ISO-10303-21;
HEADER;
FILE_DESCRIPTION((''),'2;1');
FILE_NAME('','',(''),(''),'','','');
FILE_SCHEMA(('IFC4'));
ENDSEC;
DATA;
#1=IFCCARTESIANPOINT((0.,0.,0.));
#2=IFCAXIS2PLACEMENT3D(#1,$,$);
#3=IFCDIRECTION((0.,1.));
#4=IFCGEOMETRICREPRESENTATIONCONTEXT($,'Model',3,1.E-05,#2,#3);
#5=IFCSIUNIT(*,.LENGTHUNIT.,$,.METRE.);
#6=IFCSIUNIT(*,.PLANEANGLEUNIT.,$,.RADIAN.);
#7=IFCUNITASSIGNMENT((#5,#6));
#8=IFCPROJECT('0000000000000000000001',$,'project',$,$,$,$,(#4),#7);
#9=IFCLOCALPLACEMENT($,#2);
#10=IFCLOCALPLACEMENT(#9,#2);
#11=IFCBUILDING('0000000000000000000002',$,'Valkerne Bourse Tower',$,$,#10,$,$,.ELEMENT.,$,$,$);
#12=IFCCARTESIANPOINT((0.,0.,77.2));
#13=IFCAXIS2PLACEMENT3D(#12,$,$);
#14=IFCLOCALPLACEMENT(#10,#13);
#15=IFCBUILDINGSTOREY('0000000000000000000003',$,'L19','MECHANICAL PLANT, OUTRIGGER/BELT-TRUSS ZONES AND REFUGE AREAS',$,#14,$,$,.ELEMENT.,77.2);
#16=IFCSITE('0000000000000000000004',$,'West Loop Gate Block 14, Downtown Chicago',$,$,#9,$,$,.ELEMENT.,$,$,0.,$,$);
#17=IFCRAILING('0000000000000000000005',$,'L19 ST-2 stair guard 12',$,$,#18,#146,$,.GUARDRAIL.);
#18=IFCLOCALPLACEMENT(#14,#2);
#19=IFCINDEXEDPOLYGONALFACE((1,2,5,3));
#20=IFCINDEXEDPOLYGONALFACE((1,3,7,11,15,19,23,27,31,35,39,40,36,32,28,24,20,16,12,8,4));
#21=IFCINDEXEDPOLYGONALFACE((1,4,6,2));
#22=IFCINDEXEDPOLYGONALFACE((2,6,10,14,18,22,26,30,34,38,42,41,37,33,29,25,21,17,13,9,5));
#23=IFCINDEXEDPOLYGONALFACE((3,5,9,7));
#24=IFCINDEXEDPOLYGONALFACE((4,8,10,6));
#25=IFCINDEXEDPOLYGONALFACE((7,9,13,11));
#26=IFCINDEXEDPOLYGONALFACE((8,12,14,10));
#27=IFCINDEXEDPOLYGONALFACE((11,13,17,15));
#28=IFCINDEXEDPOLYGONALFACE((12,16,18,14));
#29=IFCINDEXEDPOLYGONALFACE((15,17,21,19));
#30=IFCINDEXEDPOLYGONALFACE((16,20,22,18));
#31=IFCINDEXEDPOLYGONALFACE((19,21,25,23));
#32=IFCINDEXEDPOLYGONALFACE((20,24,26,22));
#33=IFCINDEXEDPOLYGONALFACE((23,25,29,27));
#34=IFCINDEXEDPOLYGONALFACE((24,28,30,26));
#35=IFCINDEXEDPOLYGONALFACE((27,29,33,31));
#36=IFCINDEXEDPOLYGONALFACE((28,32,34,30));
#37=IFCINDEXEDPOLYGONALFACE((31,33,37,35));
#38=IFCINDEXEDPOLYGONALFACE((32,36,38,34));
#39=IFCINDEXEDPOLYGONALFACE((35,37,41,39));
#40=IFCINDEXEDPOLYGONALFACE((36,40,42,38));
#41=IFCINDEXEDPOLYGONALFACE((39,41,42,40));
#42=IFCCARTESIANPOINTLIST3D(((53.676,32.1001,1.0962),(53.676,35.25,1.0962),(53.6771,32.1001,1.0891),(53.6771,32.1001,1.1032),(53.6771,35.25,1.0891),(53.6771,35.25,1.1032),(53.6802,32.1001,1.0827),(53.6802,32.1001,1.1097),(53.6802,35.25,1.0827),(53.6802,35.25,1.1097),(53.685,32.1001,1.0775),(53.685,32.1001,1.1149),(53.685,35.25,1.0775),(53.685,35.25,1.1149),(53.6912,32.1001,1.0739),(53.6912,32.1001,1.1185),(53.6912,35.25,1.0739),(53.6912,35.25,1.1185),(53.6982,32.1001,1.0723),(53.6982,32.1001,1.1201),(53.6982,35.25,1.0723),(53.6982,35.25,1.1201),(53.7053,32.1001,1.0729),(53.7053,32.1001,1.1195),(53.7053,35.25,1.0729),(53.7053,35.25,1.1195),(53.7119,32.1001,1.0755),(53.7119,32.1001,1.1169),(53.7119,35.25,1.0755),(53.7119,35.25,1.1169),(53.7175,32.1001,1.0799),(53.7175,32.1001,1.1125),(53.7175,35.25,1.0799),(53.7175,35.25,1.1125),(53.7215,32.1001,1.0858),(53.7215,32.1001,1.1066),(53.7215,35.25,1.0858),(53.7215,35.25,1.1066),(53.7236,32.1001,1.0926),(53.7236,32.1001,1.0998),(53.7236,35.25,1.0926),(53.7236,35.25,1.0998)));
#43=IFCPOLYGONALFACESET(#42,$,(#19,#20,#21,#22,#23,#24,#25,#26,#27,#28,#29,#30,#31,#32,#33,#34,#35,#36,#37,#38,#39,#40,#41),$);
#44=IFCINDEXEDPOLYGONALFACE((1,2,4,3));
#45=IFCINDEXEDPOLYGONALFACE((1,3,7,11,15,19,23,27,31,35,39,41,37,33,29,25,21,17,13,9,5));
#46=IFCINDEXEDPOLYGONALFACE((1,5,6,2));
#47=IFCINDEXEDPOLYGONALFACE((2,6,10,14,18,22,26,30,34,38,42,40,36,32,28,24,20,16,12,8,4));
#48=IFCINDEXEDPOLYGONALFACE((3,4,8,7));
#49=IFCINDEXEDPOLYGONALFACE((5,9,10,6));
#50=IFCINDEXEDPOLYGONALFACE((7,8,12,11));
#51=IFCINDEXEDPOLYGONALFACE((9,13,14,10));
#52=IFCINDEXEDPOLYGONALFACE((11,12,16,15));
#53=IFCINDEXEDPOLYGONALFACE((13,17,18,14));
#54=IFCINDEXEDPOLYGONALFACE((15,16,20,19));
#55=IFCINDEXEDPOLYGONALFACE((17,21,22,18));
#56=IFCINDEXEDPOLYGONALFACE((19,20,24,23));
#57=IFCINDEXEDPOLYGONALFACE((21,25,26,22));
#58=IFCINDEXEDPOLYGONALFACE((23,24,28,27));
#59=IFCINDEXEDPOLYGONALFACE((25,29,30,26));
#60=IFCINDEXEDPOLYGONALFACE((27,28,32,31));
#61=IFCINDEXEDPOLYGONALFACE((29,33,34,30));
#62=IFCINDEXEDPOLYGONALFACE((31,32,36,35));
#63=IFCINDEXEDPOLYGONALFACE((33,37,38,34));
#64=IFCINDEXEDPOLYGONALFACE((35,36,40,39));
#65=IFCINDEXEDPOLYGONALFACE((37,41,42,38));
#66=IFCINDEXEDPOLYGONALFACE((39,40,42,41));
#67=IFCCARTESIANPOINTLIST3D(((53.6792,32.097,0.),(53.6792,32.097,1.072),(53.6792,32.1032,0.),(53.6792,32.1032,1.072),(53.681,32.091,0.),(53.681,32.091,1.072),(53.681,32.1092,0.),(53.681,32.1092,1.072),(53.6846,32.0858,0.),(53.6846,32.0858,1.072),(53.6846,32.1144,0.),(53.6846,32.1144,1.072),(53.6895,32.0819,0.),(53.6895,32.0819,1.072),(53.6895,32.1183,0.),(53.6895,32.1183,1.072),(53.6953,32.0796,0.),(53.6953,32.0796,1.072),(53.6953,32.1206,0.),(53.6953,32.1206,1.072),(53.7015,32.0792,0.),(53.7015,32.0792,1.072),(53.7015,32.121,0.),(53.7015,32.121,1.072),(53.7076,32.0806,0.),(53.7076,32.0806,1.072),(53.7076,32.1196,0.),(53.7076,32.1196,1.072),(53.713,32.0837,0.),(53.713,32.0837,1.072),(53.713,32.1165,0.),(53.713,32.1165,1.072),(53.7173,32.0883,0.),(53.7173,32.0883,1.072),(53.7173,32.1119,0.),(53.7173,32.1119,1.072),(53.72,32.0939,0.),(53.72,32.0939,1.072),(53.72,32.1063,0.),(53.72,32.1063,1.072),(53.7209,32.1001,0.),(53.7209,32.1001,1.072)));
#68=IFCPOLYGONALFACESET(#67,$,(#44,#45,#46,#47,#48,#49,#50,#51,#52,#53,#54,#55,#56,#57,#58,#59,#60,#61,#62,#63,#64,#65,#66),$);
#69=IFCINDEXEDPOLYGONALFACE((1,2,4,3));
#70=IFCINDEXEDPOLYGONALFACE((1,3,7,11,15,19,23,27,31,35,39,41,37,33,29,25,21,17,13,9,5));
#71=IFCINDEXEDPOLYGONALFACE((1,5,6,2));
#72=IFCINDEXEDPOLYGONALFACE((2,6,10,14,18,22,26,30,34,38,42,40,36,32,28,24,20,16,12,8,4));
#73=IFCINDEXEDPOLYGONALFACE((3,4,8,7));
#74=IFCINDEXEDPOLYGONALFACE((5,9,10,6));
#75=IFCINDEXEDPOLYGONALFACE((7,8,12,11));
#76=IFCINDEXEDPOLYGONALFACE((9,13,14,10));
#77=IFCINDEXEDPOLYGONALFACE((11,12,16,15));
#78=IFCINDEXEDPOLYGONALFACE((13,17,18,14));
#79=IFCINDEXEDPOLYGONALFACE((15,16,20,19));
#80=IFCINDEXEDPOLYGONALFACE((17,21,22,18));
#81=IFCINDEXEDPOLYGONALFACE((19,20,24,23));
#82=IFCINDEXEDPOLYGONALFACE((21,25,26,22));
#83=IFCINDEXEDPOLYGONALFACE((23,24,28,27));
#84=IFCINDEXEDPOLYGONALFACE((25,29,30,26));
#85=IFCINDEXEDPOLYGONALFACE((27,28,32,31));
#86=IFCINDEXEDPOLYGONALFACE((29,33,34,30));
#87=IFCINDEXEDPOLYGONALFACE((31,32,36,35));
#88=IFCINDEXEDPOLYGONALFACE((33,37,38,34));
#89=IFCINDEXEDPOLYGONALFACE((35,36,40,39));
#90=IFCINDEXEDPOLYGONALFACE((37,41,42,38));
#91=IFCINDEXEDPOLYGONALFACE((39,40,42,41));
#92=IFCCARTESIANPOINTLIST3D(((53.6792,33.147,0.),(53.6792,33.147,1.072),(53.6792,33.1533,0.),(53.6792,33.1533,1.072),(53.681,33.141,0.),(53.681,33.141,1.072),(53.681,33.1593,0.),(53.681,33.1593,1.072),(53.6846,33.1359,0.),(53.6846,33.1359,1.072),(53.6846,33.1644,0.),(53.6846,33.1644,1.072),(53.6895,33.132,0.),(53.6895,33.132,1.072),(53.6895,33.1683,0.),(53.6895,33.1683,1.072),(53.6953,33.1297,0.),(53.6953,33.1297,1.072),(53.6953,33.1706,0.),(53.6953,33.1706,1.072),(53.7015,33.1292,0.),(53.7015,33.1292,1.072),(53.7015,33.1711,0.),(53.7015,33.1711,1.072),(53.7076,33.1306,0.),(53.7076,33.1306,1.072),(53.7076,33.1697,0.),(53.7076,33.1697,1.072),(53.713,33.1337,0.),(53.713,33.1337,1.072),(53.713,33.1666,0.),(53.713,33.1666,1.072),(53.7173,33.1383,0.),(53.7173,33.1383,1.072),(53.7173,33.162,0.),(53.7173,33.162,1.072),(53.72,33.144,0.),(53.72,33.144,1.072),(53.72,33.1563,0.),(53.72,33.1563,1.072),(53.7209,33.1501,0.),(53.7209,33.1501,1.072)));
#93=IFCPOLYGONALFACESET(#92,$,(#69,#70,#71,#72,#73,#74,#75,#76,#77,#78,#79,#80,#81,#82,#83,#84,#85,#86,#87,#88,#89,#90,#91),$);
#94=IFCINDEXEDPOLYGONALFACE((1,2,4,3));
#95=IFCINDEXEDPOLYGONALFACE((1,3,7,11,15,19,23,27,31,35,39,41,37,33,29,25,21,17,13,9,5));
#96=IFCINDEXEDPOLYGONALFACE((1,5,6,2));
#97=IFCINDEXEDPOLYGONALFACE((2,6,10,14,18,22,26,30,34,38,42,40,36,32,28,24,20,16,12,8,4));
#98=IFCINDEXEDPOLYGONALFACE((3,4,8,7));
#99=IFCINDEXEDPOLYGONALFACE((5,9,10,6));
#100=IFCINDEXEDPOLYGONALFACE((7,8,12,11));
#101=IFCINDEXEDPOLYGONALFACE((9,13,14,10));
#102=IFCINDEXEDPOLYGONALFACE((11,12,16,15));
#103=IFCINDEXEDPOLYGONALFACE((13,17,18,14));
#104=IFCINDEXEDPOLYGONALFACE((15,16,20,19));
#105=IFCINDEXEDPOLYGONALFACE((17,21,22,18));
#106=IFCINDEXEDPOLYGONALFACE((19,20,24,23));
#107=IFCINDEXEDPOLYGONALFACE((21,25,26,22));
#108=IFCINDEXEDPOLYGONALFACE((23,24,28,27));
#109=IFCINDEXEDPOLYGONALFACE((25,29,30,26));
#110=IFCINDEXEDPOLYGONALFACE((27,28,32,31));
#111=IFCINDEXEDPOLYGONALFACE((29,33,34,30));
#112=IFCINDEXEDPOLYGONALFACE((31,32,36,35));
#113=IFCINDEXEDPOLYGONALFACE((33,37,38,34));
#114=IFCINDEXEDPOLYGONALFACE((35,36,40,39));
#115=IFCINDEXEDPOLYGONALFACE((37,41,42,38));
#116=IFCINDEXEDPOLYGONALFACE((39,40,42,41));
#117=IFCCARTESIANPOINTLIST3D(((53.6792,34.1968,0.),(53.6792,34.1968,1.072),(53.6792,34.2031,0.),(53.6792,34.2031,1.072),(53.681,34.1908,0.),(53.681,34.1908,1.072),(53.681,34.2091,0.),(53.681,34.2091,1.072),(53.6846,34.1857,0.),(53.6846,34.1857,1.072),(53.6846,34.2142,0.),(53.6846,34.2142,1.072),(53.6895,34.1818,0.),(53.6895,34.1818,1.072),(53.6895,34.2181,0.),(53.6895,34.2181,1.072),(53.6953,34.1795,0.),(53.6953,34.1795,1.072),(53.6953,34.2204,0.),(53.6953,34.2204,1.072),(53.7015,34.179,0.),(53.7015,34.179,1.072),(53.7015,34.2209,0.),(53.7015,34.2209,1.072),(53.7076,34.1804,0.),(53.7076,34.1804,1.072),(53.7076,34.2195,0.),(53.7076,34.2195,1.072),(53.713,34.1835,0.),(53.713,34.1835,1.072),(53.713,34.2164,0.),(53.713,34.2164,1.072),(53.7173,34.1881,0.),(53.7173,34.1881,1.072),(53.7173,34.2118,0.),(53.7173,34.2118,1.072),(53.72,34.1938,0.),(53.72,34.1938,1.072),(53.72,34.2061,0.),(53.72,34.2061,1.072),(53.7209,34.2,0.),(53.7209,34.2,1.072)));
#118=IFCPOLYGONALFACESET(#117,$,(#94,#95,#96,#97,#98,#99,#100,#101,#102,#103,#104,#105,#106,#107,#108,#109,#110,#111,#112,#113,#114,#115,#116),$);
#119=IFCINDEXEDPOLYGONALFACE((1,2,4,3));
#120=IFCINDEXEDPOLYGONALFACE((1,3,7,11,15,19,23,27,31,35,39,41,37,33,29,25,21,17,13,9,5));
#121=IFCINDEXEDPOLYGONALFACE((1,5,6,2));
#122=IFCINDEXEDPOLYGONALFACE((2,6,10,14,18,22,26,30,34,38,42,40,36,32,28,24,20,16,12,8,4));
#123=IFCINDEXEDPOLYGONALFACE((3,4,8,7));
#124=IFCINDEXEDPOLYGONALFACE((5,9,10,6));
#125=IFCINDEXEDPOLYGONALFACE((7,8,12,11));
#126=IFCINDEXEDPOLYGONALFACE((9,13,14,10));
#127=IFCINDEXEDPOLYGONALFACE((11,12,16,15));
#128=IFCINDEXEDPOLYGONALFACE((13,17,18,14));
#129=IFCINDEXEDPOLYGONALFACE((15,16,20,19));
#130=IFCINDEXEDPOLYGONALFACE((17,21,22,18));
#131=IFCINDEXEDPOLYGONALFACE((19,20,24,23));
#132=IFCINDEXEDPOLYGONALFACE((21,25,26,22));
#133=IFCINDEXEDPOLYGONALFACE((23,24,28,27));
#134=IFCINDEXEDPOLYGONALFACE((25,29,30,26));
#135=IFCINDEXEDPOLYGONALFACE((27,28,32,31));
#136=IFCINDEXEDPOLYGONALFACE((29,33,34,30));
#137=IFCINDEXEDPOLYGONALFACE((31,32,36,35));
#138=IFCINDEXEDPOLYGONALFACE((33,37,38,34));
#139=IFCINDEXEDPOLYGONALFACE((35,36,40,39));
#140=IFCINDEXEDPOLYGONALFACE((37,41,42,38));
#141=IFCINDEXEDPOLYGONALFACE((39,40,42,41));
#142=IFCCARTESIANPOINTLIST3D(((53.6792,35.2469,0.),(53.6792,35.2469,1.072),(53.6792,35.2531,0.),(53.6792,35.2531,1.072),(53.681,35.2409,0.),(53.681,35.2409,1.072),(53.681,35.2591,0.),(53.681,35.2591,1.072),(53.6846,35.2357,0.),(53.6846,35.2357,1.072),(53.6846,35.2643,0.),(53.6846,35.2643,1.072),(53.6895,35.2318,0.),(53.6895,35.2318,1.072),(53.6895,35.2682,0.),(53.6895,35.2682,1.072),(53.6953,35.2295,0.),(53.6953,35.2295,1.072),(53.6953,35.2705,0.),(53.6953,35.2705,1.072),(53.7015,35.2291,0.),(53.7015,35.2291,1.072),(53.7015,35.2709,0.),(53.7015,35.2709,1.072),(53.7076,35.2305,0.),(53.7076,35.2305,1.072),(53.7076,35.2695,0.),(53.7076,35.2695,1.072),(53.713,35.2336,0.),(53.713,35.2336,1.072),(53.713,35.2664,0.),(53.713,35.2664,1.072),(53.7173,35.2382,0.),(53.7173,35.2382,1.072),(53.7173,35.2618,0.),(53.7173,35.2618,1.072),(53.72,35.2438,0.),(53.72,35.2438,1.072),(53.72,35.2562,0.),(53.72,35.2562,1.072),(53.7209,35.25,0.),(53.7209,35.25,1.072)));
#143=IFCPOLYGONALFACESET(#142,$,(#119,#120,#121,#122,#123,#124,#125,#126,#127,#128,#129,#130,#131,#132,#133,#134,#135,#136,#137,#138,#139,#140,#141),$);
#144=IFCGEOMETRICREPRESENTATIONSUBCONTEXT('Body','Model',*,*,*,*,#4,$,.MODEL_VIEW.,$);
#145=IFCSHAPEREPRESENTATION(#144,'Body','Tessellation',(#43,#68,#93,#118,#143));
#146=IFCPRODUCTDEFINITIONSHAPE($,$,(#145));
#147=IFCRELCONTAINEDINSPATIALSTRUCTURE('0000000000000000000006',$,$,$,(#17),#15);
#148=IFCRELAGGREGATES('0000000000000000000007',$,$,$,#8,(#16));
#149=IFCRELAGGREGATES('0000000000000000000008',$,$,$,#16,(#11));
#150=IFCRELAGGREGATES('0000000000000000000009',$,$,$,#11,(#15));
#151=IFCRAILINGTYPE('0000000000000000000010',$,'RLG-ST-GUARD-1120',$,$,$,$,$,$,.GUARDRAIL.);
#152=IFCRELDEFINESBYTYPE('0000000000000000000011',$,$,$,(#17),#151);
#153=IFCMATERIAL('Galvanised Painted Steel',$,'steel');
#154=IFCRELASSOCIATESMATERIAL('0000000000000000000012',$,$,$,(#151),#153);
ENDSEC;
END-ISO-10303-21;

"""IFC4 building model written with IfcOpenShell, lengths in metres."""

from ifc_helpers import new_model, si_unit, direction, frame, origin, origin_2d, place, context, subcontext, project, spatial, circle, extrude, material, type_object, element, save


model = new_model("IFC4")

# Units and contexts
model_context = context("Model", 3, precision=1e-05, world=origin(), true_north=direction((0.0, 1.0)))
body_context = subcontext(model_context, "Body", "Model", "MODEL_VIEW")
ifc_project = project(units=[si_unit("LENGTHUNIT", "METRE"), si_unit("PLANEANGLEUNIT", "RADIAN")], contexts=[model_context])

# Site, building, storey
site_placement = place(None, origin())
site = spatial("IfcSite", under=ifc_project, at=site_placement, Name="West Loop Gate Block 14, Downtown Chicago", CompositionType="ELEMENT", RefElevation=0.0)
building_placement = place(site_placement, origin())
building = spatial("IfcBuilding", under=site, at=building_placement, Name="Valkerne Bourse Tower", CompositionType="ELEMENT")
storey_placement = place(building_placement, frame((0.0, 0.0, 77.2)))
storey = spatial("IfcBuildingStorey", under=building, at=storey_placement, Name="L19", Description="MECHANICAL PLANT, OUTRIGGER/BELT-TRUSS ZONES AND REFUGE AREAS", CompositionType="ELEMENT", Elevation=77.2)

# Shared definitions
ifc_material_1 = material(Name="Galvanised Painted Steel", Category="steel")

# Railing
railing_type_1 = type_object("IfcRailingType", Name="RLG-ST-GUARD-1120", PredefinedType="GUARDRAIL", material=ifc_material_1)
railing_1_placement = place(storey_placement, frame((53.7, 32.1001, 0.0)))
element("IfcRailing", 1, at=railing_1_placement, inside=storey, type_object=railing_type_1, Name="L19 ST-2 stair guard 12", PredefinedType="GUARDRAIL", context=body_context, shape_type="SweptSolid", body=[
    extrude(circle(Radius=0.0239, at=origin_2d()), frame((0.0, 0.0, 1.0962), z_axis=(0.0, 1.0, 0.0), x_axis=(-1.0, 0.0, 0.0)), (0.0, 0.0, 1.0), 3.1499),
    extrude(circle(Radius=0.021, at=origin_2d()), origin(), (0.0, 0.0, 1.0), 1.072),
    extrude(circle(Radius=0.021, at=origin_2d()), frame((0.0, 1.05, 0.0)), (0.0, 0.0, 1.0), 1.072),
    extrude(circle(Radius=0.021, at=origin_2d()), frame((0.0, 2.0999, 0.0)), (0.0, 0.0, 1.0), 1.072),
    extrude(circle(Radius=0.021, at=origin_2d()), frame((0.0, 3.1499, 0.0)), (0.0, 0.0, 1.0), 1.072),
])

save(model, "model.ifc")
